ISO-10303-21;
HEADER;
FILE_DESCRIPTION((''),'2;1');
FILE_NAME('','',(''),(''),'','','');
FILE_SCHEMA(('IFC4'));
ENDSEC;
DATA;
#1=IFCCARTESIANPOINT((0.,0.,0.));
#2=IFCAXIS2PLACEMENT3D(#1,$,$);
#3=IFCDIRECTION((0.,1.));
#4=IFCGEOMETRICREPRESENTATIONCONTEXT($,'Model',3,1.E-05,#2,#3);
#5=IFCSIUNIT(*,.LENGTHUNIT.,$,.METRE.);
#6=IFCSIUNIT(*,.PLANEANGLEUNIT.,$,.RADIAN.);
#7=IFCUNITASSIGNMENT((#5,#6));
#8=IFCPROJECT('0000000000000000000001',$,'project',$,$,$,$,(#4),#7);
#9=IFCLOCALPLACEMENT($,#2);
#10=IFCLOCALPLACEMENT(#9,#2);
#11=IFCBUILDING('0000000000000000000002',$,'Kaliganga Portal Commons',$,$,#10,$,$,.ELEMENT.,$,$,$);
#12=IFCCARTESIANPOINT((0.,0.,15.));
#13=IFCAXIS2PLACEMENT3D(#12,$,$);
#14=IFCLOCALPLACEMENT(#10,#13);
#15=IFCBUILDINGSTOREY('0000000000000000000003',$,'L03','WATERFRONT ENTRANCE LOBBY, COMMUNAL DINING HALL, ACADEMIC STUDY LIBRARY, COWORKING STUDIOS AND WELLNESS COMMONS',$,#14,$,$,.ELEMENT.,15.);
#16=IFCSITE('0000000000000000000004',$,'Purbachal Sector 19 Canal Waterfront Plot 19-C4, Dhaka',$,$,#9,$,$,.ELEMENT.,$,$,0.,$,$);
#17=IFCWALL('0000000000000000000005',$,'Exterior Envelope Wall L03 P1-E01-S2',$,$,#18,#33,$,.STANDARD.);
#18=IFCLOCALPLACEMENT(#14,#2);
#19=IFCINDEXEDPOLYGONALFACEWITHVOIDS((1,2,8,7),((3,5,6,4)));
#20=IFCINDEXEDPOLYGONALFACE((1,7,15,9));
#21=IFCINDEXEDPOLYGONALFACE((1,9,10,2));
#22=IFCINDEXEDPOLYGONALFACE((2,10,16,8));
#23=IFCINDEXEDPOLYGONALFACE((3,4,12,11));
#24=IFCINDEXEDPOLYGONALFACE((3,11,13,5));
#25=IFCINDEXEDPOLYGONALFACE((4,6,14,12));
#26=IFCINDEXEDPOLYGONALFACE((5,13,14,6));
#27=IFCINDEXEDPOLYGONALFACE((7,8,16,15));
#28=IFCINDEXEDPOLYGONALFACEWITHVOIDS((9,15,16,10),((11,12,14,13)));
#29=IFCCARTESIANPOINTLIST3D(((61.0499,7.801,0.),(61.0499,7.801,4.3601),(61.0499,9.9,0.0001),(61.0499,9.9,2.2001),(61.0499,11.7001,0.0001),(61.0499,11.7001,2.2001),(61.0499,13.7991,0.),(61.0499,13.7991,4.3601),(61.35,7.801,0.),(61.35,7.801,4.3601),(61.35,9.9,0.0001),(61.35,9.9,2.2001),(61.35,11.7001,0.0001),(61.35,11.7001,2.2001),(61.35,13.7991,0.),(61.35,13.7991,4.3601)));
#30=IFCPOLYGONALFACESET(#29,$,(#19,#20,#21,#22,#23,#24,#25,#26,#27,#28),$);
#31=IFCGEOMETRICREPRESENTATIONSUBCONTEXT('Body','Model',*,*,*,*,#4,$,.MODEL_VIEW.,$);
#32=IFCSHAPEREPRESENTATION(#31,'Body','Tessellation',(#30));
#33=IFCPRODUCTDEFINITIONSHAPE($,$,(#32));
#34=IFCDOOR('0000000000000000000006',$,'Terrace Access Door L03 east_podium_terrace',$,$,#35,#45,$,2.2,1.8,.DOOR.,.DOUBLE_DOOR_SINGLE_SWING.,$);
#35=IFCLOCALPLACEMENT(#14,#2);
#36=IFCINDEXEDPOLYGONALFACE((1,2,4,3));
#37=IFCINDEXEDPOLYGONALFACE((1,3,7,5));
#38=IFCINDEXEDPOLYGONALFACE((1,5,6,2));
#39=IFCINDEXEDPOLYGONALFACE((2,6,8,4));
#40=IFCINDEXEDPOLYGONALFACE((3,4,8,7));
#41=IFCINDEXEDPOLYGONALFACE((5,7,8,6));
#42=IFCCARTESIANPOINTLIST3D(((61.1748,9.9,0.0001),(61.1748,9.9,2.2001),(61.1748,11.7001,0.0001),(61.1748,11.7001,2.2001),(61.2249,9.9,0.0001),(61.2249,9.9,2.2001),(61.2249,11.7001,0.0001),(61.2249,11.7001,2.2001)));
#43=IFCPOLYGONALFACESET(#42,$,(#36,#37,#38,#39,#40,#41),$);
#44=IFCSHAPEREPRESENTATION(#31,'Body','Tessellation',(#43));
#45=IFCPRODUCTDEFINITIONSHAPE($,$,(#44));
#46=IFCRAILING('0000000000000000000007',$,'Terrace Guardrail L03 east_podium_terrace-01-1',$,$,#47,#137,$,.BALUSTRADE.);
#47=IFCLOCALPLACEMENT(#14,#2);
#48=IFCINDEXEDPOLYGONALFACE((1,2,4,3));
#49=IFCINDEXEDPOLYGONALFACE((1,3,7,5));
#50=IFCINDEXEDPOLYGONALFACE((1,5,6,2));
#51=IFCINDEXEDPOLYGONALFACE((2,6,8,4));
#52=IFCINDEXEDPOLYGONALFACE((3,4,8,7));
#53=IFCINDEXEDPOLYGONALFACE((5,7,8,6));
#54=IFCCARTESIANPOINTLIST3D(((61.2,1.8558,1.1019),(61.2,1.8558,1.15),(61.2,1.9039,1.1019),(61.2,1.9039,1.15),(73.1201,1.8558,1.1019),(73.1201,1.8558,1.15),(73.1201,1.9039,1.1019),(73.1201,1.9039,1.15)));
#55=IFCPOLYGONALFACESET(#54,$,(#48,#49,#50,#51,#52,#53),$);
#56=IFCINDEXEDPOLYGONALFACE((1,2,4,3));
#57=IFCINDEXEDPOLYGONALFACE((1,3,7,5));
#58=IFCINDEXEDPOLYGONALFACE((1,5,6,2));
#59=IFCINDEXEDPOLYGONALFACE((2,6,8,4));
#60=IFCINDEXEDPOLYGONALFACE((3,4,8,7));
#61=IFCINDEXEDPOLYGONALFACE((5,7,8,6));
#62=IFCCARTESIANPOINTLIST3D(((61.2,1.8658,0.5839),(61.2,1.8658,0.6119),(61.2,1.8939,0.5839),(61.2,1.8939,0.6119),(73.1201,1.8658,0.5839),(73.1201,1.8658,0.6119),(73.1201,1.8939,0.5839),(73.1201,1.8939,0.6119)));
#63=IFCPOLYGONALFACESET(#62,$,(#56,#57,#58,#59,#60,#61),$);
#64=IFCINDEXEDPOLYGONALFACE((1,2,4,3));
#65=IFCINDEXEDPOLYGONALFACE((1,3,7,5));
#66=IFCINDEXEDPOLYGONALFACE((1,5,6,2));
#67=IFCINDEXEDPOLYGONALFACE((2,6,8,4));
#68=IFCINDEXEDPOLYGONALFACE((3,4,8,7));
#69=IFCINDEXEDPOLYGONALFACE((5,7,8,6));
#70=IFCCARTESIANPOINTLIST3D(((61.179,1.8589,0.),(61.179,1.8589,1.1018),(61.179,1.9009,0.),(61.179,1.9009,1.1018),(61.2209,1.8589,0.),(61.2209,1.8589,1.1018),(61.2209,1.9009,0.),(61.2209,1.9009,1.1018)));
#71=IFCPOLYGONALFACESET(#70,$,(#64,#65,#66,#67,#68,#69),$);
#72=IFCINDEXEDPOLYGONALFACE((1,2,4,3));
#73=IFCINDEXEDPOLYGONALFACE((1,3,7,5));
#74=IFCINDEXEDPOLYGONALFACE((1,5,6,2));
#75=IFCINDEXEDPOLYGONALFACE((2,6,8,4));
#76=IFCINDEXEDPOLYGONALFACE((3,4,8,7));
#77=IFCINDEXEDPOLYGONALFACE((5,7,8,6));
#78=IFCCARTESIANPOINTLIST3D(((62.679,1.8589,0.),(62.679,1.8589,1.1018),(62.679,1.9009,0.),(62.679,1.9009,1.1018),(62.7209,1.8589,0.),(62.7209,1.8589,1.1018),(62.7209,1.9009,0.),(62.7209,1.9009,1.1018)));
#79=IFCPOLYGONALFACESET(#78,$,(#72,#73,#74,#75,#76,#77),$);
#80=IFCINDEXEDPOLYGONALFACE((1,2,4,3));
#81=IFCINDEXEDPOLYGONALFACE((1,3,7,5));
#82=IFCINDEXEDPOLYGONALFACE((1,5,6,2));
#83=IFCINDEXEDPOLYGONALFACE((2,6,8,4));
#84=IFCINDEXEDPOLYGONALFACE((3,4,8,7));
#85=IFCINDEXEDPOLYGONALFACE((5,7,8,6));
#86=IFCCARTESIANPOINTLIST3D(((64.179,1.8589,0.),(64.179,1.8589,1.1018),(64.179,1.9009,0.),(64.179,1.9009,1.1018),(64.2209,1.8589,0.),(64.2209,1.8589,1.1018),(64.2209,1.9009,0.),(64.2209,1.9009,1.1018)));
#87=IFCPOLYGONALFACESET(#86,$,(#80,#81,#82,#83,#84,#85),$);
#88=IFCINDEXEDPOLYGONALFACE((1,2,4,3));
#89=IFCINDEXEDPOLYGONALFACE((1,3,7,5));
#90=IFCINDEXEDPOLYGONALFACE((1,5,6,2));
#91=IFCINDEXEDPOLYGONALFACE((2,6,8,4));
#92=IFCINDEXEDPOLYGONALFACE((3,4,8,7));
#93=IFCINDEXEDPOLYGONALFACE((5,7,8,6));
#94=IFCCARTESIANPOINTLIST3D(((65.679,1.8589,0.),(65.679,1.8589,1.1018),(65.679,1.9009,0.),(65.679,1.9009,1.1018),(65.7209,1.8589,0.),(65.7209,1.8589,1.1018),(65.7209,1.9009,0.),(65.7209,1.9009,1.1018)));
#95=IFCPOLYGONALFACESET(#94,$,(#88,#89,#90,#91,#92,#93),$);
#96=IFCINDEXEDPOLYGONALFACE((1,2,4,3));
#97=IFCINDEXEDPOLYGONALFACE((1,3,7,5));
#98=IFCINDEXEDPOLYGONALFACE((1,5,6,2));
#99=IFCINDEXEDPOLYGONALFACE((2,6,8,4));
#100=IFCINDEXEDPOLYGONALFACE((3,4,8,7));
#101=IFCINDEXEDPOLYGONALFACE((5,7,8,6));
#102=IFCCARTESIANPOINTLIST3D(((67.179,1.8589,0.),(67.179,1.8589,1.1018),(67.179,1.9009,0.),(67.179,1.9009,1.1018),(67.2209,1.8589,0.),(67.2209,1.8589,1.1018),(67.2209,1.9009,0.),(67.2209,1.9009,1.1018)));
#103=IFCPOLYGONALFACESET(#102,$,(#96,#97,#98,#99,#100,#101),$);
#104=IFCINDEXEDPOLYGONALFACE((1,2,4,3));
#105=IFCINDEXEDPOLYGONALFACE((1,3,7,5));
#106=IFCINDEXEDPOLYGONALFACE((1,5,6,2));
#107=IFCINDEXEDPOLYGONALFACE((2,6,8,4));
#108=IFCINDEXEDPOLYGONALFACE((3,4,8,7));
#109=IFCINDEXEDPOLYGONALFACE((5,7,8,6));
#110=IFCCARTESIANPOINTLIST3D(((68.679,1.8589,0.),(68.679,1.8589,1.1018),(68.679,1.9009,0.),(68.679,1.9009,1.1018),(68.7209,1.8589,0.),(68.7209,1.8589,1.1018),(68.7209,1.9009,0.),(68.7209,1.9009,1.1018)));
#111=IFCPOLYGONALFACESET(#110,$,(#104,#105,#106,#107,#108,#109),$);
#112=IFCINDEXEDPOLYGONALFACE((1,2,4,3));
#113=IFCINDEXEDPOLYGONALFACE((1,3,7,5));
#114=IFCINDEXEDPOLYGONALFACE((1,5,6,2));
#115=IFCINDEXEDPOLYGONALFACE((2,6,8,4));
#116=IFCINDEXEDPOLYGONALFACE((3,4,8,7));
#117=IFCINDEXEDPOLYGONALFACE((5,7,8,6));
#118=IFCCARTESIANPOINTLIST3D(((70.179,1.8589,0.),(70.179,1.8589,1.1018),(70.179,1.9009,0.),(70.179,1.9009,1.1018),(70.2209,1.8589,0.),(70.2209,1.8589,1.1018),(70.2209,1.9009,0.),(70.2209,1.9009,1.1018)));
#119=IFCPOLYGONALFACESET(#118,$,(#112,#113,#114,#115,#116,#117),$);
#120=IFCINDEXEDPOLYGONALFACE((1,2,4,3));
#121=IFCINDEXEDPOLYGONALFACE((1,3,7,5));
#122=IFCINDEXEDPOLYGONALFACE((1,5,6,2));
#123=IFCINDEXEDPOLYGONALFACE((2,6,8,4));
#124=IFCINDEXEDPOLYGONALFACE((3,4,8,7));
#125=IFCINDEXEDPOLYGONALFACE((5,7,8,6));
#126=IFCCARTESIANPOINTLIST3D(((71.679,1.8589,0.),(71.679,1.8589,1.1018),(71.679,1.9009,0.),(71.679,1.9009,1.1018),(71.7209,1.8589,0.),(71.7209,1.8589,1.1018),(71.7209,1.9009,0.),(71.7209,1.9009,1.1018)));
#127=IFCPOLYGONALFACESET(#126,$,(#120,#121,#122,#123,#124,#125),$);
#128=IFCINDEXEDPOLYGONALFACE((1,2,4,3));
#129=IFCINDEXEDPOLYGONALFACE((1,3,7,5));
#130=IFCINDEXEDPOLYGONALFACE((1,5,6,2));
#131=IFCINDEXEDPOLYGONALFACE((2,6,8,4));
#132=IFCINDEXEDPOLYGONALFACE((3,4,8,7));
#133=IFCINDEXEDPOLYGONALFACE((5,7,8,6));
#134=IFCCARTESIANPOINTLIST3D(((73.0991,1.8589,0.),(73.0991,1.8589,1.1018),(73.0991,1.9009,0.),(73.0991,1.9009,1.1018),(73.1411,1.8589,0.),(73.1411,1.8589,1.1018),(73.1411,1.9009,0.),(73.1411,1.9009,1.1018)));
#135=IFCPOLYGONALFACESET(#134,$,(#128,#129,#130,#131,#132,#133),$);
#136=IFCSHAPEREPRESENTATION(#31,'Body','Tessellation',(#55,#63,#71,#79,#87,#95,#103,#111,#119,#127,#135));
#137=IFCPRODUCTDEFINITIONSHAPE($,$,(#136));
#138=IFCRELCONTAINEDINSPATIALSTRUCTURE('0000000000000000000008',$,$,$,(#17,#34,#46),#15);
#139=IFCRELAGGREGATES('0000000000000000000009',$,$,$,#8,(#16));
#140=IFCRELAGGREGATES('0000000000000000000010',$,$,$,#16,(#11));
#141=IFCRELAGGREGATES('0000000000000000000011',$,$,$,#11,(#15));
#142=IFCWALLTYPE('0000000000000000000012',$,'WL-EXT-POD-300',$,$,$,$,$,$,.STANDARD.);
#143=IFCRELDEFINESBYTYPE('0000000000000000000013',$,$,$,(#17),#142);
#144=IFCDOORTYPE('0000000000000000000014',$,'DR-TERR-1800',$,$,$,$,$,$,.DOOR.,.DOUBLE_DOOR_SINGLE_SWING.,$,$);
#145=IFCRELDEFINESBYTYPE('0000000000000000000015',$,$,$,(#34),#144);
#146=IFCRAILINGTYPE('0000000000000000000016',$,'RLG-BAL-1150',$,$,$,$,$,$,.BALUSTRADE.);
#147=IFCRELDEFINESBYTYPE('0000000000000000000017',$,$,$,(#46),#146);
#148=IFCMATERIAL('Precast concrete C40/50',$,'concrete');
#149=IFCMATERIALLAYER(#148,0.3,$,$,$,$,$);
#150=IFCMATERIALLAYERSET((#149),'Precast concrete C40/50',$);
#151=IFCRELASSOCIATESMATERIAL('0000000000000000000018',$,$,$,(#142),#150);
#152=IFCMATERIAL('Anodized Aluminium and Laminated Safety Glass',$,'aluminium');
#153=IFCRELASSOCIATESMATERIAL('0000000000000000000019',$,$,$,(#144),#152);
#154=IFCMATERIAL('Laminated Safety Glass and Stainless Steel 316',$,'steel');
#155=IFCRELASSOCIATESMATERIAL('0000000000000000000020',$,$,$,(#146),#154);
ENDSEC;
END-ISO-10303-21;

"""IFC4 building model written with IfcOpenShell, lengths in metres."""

from ifc_helpers import new_model, si_unit, direction, frame, frame_2d, origin, origin_2d, place, context, subcontext, project, spatial, rectangle, extrude, material, layer, layer_set, type_object, element, fill, save


model = new_model("IFC4")

# Units and contexts
model_context = context("Model", 3, precision=1e-05, world=origin(), true_north=direction((0.0, 1.0)))
body_context = subcontext(model_context, "Body", "Model", "MODEL_VIEW")
ifc_project = project(units=[si_unit("LENGTHUNIT", "METRE"), si_unit("PLANEANGLEUNIT", "RADIAN")], contexts=[model_context])

# Site, building, storey
site_placement = place(None, origin())
site = spatial("IfcSite", under=ifc_project, at=site_placement, Name="Purbachal Sector 19 Canal Waterfront Plot 19-C4, Dhaka", CompositionType="ELEMENT", RefElevation=0.0)
building_placement = place(site_placement, origin())
building = spatial("IfcBuilding", under=site, at=building_placement, Name="Kaliganga Portal Commons", CompositionType="ELEMENT")
storey_placement = place(building_placement, frame((0.0, 0.0, 15.0)))
storey = spatial("IfcBuildingStorey", under=building, at=storey_placement, Name="L03", Description="WATERFRONT ENTRANCE LOBBY, COMMUNAL DINING HALL, ACADEMIC STUDY LIBRARY, COWORKING STUDIOS AND WELLNESS COMMONS", CompositionType="ELEMENT", Elevation=15.0)

# Shared definitions
ifc_material_1 = material(Name="Precast concrete C40/50", Category="concrete")
ifc_layer = layer(ifc_material_1, 0.3)
ifc_layer_set = layer_set([ifc_layer], Name="Precast concrete C40/50")
wall_type = type_object("IfcWallType", Name="WL-EXT-POD-300", PredefinedType="STANDARD", material=ifc_layer_set)

# Wall, opening, door
wall_1_placement = place(storey_placement, frame((61.2, 13.7991, 0.0), z_axis=(0.0, 0.0, 1.0), x_axis=(0.0, -1.0, 0.0)))
wall_1 = element("IfcWall", 1, at=wall_1_placement, inside=storey, type_object=wall_type, Name="Exterior Envelope Wall L03 P1-E01-S2", PredefinedType="STANDARD", context=body_context, shape_type="SweptSolid", body=[
    extrude(rectangle(XDim=5.998, YDim=0.3, at=frame_2d((2.999, 0.0))), origin(), (0.0, 0.0, 1.0), 4.3601),
])
opening_1_placement = place(wall_1_placement, frame((2.0991, 0.0, 0.0)))
opening_1 = element("IfcOpeningElement", 2, at=opening_1_placement, cuts=wall_1, PredefinedType="OPENING", context=body_context, shape_type="SweptSolid", body=[
    extrude(rectangle(XDim=1.8, YDim=2.2, at=frame_2d((0.8999, 1.1001))), frame((0.0, 0.1602, 0.0), z_axis=(0.0, -1.0, 0.0), x_axis=(1.0, 0.0, 0.0)), (0.0, 0.0, 1.0), 0.3201),
])
ifc_material_2 = material(Name="Anodized Aluminium and Laminated Safety Glass", Category="aluminium")
door_type = type_object("IfcDoorType", Name="DR-TERR-1800", OperationType="DOUBLE_DOOR_SINGLE_SWING", PredefinedType="DOOR", material=ifc_material_2)
door_placement = place(opening_1_placement, origin())
door = element("IfcDoor", 3, at=door_placement, inside=storey, type_object=door_type, Name="Terrace Access Door L03 east_podium_terrace", OperationType="DOUBLE_DOOR_SINGLE_SWING", OverallHeight=2.2, OverallWidth=1.8, PredefinedType="DOOR", context=body_context, shape_type="SweptSolid", body=[
    extrude(rectangle(XDim=1.8, YDim=2.2, at=frame_2d((0.8999, 1.1001))), frame((0.0, 0.0249, 0.0), z_axis=(0.0, -1.0, 0.0), x_axis=(1.0, 0.0, 0.0)), (0.0, 0.0, 1.0), 0.05),
])
fill(opening_1, door)

# Railing
ifc_material_3 = material(Name="Laminated Safety Glass and Stainless Steel 316", Category="steel")
railing_type = type_object("IfcRailingType", Name="RLG-BAL-1150", PredefinedType="BALUSTRADE", material=ifc_material_3)
railing_1_placement = place(storey_placement, frame((61.2, 1.8799, 0.0)))
element("IfcRailing", 4, at=railing_1_placement, inside=storey, type_object=railing_type, Name="Terrace Guardrail L03 east_podium_terrace-01-1", PredefinedType="BALUSTRADE", context=body_context, shape_type="SweptSolid", body=[
    extrude(rectangle(XDim=0.0481, YDim=0.0481, at=origin_2d()), frame((0.0, 0.0, 1.126), z_axis=(1.0, 0.0, 0.0), x_axis=(0.0, 1.0, 0.0)), (0.0, 0.0, 1.0), 11.9202),
    extrude(rectangle(XDim=0.0281, YDim=0.0281, at=origin_2d()), frame((0.0, 0.0, 0.5979), z_axis=(1.0, 0.0, 0.0), x_axis=(0.0, 1.0, 0.0)), (0.0, 0.0, 1.0), 11.9202),
    extrude(rectangle(XDim=0.042, YDim=0.042, at=origin_2d()), origin(), (0.0, 0.0, 1.0), 1.1018),
    extrude(rectangle(XDim=0.042, YDim=0.042, at=origin_2d()), frame((1.5, 0.0, 0.0)), (0.0, 0.0, 1.0), 1.1018),
    extrude(rectangle(XDim=0.042, YDim=0.042, at=origin_2d()), frame((3.0, 0.0, 0.0)), (0.0, 0.0, 1.0), 1.1018),
    extrude(rectangle(XDim=0.042, YDim=0.042, at=origin_2d()), frame((4.5, 0.0, 0.0)), (0.0, 0.0, 1.0), 1.1018),
    extrude(rectangle(XDim=0.042, YDim=0.042, at=origin_2d()), frame((6.0, 0.0, 0.0)), (0.0, 0.0, 1.0), 1.1018),
    extrude(rectangle(XDim=0.042, YDim=0.042, at=origin_2d()), frame((7.5, 0.0, 0.0)), (0.0, 0.0, 1.0), 1.1018),
    extrude(rectangle(XDim=0.042, YDim=0.042, at=origin_2d()), frame((9.0, 0.0, 0.0)), (0.0, 0.0, 1.0), 1.1018),
    extrude(rectangle(XDim=0.042, YDim=0.042, at=origin_2d()), frame((10.5, 0.0, 0.0)), (0.0, 0.0, 1.0), 1.1018),
    extrude(rectangle(XDim=0.042, YDim=0.042, at=origin_2d()), frame((11.9202, 0.0, 0.0)), (0.0, 0.0, 1.0), 1.1018),
])

save(model, "model.ifc")
